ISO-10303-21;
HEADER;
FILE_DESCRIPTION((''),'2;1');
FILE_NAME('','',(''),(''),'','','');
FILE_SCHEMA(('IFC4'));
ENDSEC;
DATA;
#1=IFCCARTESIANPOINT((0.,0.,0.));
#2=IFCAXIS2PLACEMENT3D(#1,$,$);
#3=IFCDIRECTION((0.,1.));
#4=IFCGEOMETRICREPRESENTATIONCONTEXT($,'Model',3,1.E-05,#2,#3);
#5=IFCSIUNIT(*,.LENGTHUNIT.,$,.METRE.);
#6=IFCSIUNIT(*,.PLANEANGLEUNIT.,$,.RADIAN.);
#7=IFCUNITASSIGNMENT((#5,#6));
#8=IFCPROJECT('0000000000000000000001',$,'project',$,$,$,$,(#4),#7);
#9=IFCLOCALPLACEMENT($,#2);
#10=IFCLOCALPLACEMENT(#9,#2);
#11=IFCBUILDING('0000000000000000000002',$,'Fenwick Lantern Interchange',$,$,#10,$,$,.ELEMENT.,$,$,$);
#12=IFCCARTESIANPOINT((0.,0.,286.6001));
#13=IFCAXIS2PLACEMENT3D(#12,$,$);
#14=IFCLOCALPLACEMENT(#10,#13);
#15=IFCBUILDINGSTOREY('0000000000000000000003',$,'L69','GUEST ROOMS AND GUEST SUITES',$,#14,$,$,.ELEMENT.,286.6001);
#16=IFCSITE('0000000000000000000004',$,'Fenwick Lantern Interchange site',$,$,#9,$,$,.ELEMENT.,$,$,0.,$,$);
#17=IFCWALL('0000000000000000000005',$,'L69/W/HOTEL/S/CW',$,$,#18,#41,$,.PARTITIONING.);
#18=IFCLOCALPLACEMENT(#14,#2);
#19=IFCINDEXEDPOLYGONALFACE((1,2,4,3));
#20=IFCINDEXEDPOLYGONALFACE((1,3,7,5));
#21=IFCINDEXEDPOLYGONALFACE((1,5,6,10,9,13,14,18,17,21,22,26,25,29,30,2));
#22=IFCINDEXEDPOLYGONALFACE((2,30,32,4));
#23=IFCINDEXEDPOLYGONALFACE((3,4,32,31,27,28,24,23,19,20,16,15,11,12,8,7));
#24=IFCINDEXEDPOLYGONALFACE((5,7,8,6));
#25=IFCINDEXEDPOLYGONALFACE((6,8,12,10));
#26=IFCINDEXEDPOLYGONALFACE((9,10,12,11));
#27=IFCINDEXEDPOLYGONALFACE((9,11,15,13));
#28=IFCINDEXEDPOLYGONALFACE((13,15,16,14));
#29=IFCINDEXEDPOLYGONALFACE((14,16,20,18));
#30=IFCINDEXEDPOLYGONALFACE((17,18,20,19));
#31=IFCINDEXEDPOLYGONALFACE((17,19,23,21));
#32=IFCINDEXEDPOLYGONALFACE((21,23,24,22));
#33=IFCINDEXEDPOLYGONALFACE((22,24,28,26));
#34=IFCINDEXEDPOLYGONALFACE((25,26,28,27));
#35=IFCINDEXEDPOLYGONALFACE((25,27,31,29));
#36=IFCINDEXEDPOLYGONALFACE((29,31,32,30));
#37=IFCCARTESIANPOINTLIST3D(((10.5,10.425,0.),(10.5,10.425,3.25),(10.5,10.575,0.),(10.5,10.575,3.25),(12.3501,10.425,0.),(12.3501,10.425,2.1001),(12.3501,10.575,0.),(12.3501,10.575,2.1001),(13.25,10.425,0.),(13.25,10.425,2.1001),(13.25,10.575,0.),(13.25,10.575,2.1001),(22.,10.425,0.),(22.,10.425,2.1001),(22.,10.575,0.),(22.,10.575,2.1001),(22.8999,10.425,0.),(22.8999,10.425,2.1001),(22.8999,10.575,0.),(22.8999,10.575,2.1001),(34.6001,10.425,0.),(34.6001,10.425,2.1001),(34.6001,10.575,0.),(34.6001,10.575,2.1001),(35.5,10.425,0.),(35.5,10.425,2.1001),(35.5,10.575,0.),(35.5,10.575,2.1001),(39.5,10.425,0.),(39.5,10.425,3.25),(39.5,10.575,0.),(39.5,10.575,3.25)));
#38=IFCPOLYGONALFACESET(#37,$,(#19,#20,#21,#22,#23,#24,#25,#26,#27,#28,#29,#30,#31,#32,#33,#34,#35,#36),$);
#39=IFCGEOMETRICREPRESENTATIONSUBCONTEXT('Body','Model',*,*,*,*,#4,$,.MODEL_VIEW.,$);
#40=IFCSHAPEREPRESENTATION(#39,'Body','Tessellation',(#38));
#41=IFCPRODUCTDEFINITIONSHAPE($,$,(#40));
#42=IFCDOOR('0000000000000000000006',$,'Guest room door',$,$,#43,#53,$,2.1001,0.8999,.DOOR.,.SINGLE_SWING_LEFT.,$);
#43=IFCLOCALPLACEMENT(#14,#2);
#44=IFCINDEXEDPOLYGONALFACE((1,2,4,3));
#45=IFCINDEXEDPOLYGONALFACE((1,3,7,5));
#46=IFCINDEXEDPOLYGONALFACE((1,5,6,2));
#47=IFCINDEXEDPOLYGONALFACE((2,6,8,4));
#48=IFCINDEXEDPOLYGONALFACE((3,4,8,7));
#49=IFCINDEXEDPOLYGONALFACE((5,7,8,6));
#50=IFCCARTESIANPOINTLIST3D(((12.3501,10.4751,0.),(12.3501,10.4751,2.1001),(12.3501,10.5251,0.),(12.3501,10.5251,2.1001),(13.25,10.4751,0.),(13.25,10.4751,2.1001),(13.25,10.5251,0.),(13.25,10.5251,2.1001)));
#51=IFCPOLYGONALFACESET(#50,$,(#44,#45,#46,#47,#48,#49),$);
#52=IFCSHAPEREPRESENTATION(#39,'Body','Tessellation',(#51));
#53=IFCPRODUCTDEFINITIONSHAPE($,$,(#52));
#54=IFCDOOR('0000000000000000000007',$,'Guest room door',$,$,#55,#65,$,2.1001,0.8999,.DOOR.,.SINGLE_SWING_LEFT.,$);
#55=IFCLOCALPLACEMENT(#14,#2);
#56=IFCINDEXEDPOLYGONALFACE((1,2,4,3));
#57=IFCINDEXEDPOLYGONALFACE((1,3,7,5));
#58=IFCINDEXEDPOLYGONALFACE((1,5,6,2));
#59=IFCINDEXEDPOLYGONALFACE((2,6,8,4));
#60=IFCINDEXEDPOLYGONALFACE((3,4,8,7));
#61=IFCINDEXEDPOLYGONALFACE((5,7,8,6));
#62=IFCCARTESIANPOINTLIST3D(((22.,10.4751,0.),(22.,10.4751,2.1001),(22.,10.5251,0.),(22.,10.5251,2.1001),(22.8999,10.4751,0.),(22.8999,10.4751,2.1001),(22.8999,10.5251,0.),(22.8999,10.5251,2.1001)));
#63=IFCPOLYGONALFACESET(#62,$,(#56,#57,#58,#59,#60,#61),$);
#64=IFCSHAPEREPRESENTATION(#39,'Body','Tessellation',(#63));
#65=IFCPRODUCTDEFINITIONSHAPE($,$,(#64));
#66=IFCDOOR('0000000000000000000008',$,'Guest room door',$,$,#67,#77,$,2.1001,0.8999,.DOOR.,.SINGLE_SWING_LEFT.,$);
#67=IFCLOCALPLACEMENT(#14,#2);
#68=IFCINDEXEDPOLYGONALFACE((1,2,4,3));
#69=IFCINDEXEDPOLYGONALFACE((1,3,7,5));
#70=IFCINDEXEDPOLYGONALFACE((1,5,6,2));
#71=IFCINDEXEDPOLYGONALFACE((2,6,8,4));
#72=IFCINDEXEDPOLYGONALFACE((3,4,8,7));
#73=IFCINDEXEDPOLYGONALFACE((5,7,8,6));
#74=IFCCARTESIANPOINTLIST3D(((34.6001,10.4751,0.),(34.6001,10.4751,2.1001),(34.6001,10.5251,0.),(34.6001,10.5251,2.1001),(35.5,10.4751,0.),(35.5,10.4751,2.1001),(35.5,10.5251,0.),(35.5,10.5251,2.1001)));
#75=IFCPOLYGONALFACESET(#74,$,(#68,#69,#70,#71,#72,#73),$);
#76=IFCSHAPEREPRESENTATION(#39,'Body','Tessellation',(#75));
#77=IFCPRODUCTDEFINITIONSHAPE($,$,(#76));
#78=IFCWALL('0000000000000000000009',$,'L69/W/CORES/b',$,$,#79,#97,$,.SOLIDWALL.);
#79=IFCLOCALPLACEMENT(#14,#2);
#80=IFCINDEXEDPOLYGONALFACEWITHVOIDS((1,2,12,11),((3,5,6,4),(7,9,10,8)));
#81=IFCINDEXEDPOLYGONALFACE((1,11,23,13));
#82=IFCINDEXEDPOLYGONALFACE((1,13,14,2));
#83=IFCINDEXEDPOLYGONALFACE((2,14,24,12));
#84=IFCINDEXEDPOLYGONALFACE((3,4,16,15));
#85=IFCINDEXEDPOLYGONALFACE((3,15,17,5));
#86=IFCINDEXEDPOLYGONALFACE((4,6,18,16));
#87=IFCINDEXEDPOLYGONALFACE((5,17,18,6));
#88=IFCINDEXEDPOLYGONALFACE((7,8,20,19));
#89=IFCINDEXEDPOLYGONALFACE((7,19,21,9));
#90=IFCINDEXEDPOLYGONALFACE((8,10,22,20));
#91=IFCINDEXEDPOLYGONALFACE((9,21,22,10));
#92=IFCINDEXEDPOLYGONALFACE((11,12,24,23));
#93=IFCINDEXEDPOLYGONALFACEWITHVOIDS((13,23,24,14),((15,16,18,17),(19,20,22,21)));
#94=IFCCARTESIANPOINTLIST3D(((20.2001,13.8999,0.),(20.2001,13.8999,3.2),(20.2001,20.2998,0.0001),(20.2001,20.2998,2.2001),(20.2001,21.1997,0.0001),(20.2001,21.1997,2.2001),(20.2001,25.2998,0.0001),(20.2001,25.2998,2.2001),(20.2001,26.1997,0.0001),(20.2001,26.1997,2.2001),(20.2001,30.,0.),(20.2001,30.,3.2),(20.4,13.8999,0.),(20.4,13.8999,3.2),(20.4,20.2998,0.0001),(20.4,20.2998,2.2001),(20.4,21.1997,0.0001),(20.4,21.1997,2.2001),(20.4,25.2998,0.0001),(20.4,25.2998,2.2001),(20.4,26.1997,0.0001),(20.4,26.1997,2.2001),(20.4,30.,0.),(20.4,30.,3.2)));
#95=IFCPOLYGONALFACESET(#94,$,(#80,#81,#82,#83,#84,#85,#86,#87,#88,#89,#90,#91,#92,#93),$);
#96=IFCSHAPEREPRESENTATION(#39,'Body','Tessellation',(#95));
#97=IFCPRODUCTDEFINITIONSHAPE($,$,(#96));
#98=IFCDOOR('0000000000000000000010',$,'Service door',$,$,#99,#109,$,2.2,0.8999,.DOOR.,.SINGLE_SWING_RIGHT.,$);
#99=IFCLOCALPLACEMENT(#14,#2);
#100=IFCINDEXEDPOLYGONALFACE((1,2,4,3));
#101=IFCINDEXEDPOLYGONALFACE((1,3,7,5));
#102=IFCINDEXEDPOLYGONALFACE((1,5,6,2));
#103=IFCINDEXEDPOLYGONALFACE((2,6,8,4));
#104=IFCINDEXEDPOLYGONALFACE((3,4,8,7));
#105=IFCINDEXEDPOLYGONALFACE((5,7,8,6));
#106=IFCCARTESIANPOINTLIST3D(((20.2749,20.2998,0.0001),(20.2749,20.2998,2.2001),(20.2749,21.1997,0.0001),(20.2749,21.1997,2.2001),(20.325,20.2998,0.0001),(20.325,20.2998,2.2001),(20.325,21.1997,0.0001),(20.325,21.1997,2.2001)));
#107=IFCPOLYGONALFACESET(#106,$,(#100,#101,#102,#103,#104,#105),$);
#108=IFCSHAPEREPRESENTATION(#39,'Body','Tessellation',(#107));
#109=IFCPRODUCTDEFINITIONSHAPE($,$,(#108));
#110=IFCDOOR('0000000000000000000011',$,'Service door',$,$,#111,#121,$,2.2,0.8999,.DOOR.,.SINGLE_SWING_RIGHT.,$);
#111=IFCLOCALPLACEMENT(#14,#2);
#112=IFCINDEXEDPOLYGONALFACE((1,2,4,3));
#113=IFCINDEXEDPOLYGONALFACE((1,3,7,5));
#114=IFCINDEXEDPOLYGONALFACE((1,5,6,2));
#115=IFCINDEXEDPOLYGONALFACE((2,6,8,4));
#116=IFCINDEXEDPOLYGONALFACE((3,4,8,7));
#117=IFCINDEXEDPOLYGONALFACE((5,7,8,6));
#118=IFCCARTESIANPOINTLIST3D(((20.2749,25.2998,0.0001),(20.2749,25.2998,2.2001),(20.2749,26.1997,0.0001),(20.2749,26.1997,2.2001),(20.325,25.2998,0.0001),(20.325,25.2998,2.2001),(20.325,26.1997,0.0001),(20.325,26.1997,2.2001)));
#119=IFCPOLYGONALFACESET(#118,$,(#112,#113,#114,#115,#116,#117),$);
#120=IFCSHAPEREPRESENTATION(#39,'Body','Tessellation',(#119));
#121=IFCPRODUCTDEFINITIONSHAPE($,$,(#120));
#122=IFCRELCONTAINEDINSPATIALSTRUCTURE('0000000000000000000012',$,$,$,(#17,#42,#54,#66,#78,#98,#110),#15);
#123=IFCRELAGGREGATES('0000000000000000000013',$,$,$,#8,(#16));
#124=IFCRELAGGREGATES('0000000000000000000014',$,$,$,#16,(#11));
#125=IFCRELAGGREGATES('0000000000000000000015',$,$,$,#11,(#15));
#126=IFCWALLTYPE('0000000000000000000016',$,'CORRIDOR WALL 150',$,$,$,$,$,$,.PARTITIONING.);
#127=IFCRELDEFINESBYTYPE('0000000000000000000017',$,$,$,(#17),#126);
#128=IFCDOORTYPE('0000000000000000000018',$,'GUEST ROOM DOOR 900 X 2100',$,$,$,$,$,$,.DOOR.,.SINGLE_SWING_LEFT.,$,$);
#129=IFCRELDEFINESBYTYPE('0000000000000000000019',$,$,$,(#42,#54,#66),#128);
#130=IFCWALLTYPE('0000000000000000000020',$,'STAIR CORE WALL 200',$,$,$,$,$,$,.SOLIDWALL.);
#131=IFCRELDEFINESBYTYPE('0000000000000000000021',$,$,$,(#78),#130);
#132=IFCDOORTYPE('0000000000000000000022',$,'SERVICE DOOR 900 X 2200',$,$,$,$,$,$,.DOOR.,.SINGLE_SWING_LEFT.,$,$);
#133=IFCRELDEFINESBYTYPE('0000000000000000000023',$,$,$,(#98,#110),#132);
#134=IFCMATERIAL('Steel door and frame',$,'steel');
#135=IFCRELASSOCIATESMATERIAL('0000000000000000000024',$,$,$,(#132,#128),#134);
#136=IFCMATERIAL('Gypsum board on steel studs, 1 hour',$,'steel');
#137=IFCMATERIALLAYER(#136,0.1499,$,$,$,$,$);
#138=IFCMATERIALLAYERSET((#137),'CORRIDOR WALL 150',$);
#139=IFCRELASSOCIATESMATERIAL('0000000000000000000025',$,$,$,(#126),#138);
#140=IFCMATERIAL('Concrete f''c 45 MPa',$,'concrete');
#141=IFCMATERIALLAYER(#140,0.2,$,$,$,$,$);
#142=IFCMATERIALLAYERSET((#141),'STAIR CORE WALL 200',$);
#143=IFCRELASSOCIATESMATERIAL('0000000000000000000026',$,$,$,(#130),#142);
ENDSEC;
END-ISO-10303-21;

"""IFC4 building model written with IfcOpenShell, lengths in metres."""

from ifc_helpers import new_model, si_unit, direction, frame, frame_2d, origin, place, context, subcontext, project, spatial, rectangle, extrude, material, layer, layer_set, type_object, element, fill, save


model = new_model("IFC4")

# Units and contexts
model_context = context("Model", 3, precision=1e-05, world=origin(), true_north=direction((0.0, 1.0)))
body_context = subcontext(model_context, "Body", "Model", "MODEL_VIEW")
ifc_project = project(units=[si_unit("LENGTHUNIT", "METRE"), si_unit("PLANEANGLEUNIT", "RADIAN")], contexts=[model_context])

# Site, building, storey
site_placement = place(None, origin())
site = spatial("IfcSite", under=ifc_project, at=site_placement, Name="Fenwick Lantern Interchange site", CompositionType="ELEMENT", RefElevation=0.0)
building_placement = place(site_placement, origin())
building = spatial("IfcBuilding", under=site, at=building_placement, Name="Fenwick Lantern Interchange", CompositionType="ELEMENT")
storey_placement = place(building_placement, frame((0.0, 0.0, 286.6001)))
storey = spatial("IfcBuildingStorey", under=building, at=storey_placement, Name="L69", Description="GUEST ROOMS AND GUEST SUITES", CompositionType="ELEMENT", Elevation=286.6001)

# Shared definitions
ifc_material_1 = material(Name="Steel door and frame", Category="steel")
door_type_1 = type_object("IfcDoorType", Name="SERVICE DOOR 900 X 2200", OperationType="SINGLE_SWING_LEFT", PredefinedType="DOOR", material=ifc_material_1)

# Walls, openings, doors
ifc_material_2 = material(Name="Gypsum board on steel studs, 1 hour", Category="steel")
ifc_layer_1 = layer(ifc_material_2, 0.1499)
ifc_layer_set_1 = layer_set([ifc_layer_1], Name="CORRIDOR WALL 150")
wall_type_1 = type_object("IfcWallType", Name="CORRIDOR WALL 150", PredefinedType="PARTITIONING", material=ifc_layer_set_1)
wall_1_placement = place(storey_placement, frame((10.5, 10.5, 0.0), z_axis=(0.0, 0.0, 1.0), x_axis=(1.0, 0.0, 0.0)))
wall_1 = element("IfcWall", 1, at=wall_1_placement, inside=storey, type_object=wall_type_1, Name="L69/W/HOTEL/S/CW", PredefinedType="PARTITIONING", context=body_context, shape_type="SweptSolid", body=[
    extrude(rectangle(XDim=29.0, YDim=0.1499, at=frame_2d((14.5, 0.0))), origin(), (0.0, 0.0, 1.0), 3.25),
])
opening_1_placement = place(wall_1_placement, frame((1.8501, 0.0, 0.0)))
opening_1 = element("IfcOpeningElement", 2, at=opening_1_placement, cuts=wall_1, PredefinedType="OPENING", context=body_context, shape_type="SweptSolid", body=[
    extrude(rectangle(XDim=0.8999, YDim=2.1001, at=frame_2d((0.45, 1.05))), frame((0.0, 0.085, 0.0), z_axis=(0.0, -1.0, 0.0), x_axis=(1.0, 0.0, 0.0)), (0.0, 0.0, 1.0), 0.1699),
])
opening_2_placement = place(wall_1_placement, frame((11.5, 0.0, 0.0)))
opening_2 = element("IfcOpeningElement", 3, at=opening_2_placement, cuts=wall_1, PredefinedType="OPENING", context=body_context, shape_type="SweptSolid", body=[
    extrude(rectangle(XDim=0.8999, YDim=2.1001, at=frame_2d((0.45, 1.05))), frame((0.0, 0.085, 0.0), z_axis=(0.0, -1.0, 0.0), x_axis=(1.0, 0.0, 0.0)), (0.0, 0.0, 1.0), 0.1699),
])
opening_3_placement = place(wall_1_placement, frame((24.1001, 0.0, 0.0)))
opening_3 = element("IfcOpeningElement", 4, at=opening_3_placement, cuts=wall_1, PredefinedType="OPENING", context=body_context, shape_type="SweptSolid", body=[
    extrude(rectangle(XDim=0.8999, YDim=2.1001, at=frame_2d((0.45, 1.05))), frame((0.0, 0.085, 0.0), z_axis=(0.0, -1.0, 0.0), x_axis=(1.0, 0.0, 0.0)), (0.0, 0.0, 1.0), 0.1699),
])
door_type_2 = type_object("IfcDoorType", Name="GUEST ROOM DOOR 900 X 2100", OperationType="SINGLE_SWING_LEFT", PredefinedType="DOOR", material=ifc_material_1)
door_1_placement = place(opening_1_placement, frame((0.8999, 0.0, 0.0), z_axis=(0.0, 0.0, 1.0), x_axis=(-1.0, 0.0, 0.0)))
door_1 = element("IfcDoor", 5, at=door_1_placement, inside=storey, type_object=door_type_2, Name="Guest room door", OperationType="SINGLE_SWING_LEFT", OverallHeight=2.1001, OverallWidth=0.8999, PredefinedType="DOOR", context=body_context, shape_type="SweptSolid", body=[
    extrude(rectangle(XDim=0.8999, YDim=2.1001, at=frame_2d((0.45, 1.05))), frame((0.0, 0.0249, 0.0), z_axis=(0.0, -1.0, 0.0), x_axis=(1.0, 0.0, 0.0)), (0.0, 0.0, 1.0), 0.05),
])
fill(opening_1, door_1)
door_2_placement = place(opening_2_placement, frame((0.8999, 0.0, 0.0), z_axis=(0.0, 0.0, 1.0), x_axis=(-1.0, 0.0, 0.0)))
door_2 = element("IfcDoor", 6, at=door_2_placement, inside=storey, type_object=door_type_2, Name="Guest room door", OperationType="SINGLE_SWING_LEFT", OverallHeight=2.1001, OverallWidth=0.8999, PredefinedType="DOOR", context=body_context, shape_type="SweptSolid", body=[
    extrude(rectangle(XDim=0.8999, YDim=2.1001, at=frame_2d((0.45, 1.05))), frame((0.0, 0.0249, 0.0), z_axis=(0.0, -1.0, 0.0), x_axis=(1.0, 0.0, 0.0)), (0.0, 0.0, 1.0), 0.05),
])
fill(opening_2, door_2)
door_3_placement = place(opening_3_placement, frame((0.8999, 0.0, 0.0), z_axis=(0.0, 0.0, 1.0), x_axis=(-1.0, 0.0, 0.0)))
door_3 = element("IfcDoor", 7, at=door_3_placement, inside=storey, type_object=door_type_2, Name="Guest room door", OperationType="SINGLE_SWING_LEFT", OverallHeight=2.1001, OverallWidth=0.8999, PredefinedType="DOOR", context=body_context, shape_type="SweptSolid", body=[
    extrude(rectangle(XDim=0.8999, YDim=2.1001, at=frame_2d((0.45, 1.05))), frame((0.0, 0.0249, 0.0), z_axis=(0.0, -1.0, 0.0), x_axis=(1.0, 0.0, 0.0)), (0.0, 0.0, 1.0), 0.05),
])
fill(opening_3, door_3)
ifc_material_3 = material(Name="Concrete f'c 45 MPa", Category="concrete")
ifc_layer_2 = layer(ifc_material_3, 0.2)
ifc_layer_set_2 = layer_set([ifc_layer_2], Name="STAIR CORE WALL 200")
wall_type_2 = type_object("IfcWallType", Name="STAIR CORE WALL 200", PredefinedType="SOLIDWALL", material=ifc_layer_set_2)
wall_2_placement = place(storey_placement, frame((20.3, 13.8999, 0.0), z_axis=(0.0, 0.0, 1.0), x_axis=(0.0, 1.0, 0.0)))
wall_2 = element("IfcWall", 8, at=wall_2_placement, inside=storey, type_object=wall_type_2, Name="L69/W/CORES/b", PredefinedType="SOLIDWALL", context=body_context, shape_type="SweptSolid", body=[
    extrude(rectangle(XDim=16.1001, YDim=0.2, at=frame_2d((8.05, 0.0))), origin(), (0.0, 0.0, 1.0), 3.2),
])
opening_4_placement = place(wall_2_placement, frame((6.3999, 0.0, 0.0)))
opening_4 = element("IfcOpeningElement", 9, at=opening_4_placement, cuts=wall_2, PredefinedType="OPENING", context=body_context, shape_type="SweptSolid", body=[
    extrude(rectangle(XDim=0.8999, YDim=2.2, at=frame_2d((0.45, 1.1001))), frame((0.0, 0.1099, 0.0), z_axis=(0.0, -1.0, 0.0), x_axis=(1.0, 0.0, 0.0)), (0.0, 0.0, 1.0), 0.22),
])
opening_5_placement = place(wall_2_placement, frame((11.3999, 0.0, 0.0)))
opening_5 = element("IfcOpeningElement", 10, at=opening_5_placement, cuts=wall_2, PredefinedType="OPENING", context=body_context, shape_type="SweptSolid", body=[
    extrude(rectangle(XDim=0.8999, YDim=2.2, at=frame_2d((0.45, 1.1001))), frame((0.0, 0.1099, 0.0), z_axis=(0.0, -1.0, 0.0), x_axis=(1.0, 0.0, 0.0)), (0.0, 0.0, 1.0), 0.22),
])
door_4_placement = place(opening_4_placement, frame((0.8999, 0.0, 0.0), z_axis=(0.0, 0.0, 1.0), x_axis=(-1.0, 0.0, 0.0)))
door_4 = element("IfcDoor", 11, at=door_4_placement, inside=storey, type_object=door_type_1, Name="Service door", OperationType="SINGLE_SWING_RIGHT", OverallHeight=2.2, OverallWidth=0.8999, PredefinedType="DOOR", context=body_context, shape_type="SweptSolid", body=[
    extrude(rectangle(XDim=0.8999, YDim=2.2, at=frame_2d((0.45, 1.1001))), frame((0.0, 0.0249, 0.0), z_axis=(0.0, -1.0, 0.0), x_axis=(1.0, 0.0, 0.0)), (0.0, 0.0, 1.0), 0.05),
])
fill(opening_4, door_4)
door_5_placement = place(opening_5_placement, frame((0.8999, 0.0, 0.0), z_axis=(0.0, 0.0, 1.0), x_axis=(-1.0, 0.0, 0.0)))
door_5 = element("IfcDoor", 12, at=door_5_placement, inside=storey, type_object=door_type_1, Name="Service door", OperationType="SINGLE_SWING_RIGHT", OverallHeight=2.2, OverallWidth=0.8999, PredefinedType="DOOR", context=body_context, shape_type="SweptSolid", body=[
    extrude(rectangle(XDim=0.8999, YDim=2.2, at=frame_2d((0.45, 1.1001))), frame((0.0, 0.0249, 0.0), z_axis=(0.0, -1.0, 0.0), x_axis=(1.0, 0.0, 0.0)), (0.0, 0.0, 1.0), 0.05),
])
fill(opening_5, door_5)

save(model, "model.ifc")
